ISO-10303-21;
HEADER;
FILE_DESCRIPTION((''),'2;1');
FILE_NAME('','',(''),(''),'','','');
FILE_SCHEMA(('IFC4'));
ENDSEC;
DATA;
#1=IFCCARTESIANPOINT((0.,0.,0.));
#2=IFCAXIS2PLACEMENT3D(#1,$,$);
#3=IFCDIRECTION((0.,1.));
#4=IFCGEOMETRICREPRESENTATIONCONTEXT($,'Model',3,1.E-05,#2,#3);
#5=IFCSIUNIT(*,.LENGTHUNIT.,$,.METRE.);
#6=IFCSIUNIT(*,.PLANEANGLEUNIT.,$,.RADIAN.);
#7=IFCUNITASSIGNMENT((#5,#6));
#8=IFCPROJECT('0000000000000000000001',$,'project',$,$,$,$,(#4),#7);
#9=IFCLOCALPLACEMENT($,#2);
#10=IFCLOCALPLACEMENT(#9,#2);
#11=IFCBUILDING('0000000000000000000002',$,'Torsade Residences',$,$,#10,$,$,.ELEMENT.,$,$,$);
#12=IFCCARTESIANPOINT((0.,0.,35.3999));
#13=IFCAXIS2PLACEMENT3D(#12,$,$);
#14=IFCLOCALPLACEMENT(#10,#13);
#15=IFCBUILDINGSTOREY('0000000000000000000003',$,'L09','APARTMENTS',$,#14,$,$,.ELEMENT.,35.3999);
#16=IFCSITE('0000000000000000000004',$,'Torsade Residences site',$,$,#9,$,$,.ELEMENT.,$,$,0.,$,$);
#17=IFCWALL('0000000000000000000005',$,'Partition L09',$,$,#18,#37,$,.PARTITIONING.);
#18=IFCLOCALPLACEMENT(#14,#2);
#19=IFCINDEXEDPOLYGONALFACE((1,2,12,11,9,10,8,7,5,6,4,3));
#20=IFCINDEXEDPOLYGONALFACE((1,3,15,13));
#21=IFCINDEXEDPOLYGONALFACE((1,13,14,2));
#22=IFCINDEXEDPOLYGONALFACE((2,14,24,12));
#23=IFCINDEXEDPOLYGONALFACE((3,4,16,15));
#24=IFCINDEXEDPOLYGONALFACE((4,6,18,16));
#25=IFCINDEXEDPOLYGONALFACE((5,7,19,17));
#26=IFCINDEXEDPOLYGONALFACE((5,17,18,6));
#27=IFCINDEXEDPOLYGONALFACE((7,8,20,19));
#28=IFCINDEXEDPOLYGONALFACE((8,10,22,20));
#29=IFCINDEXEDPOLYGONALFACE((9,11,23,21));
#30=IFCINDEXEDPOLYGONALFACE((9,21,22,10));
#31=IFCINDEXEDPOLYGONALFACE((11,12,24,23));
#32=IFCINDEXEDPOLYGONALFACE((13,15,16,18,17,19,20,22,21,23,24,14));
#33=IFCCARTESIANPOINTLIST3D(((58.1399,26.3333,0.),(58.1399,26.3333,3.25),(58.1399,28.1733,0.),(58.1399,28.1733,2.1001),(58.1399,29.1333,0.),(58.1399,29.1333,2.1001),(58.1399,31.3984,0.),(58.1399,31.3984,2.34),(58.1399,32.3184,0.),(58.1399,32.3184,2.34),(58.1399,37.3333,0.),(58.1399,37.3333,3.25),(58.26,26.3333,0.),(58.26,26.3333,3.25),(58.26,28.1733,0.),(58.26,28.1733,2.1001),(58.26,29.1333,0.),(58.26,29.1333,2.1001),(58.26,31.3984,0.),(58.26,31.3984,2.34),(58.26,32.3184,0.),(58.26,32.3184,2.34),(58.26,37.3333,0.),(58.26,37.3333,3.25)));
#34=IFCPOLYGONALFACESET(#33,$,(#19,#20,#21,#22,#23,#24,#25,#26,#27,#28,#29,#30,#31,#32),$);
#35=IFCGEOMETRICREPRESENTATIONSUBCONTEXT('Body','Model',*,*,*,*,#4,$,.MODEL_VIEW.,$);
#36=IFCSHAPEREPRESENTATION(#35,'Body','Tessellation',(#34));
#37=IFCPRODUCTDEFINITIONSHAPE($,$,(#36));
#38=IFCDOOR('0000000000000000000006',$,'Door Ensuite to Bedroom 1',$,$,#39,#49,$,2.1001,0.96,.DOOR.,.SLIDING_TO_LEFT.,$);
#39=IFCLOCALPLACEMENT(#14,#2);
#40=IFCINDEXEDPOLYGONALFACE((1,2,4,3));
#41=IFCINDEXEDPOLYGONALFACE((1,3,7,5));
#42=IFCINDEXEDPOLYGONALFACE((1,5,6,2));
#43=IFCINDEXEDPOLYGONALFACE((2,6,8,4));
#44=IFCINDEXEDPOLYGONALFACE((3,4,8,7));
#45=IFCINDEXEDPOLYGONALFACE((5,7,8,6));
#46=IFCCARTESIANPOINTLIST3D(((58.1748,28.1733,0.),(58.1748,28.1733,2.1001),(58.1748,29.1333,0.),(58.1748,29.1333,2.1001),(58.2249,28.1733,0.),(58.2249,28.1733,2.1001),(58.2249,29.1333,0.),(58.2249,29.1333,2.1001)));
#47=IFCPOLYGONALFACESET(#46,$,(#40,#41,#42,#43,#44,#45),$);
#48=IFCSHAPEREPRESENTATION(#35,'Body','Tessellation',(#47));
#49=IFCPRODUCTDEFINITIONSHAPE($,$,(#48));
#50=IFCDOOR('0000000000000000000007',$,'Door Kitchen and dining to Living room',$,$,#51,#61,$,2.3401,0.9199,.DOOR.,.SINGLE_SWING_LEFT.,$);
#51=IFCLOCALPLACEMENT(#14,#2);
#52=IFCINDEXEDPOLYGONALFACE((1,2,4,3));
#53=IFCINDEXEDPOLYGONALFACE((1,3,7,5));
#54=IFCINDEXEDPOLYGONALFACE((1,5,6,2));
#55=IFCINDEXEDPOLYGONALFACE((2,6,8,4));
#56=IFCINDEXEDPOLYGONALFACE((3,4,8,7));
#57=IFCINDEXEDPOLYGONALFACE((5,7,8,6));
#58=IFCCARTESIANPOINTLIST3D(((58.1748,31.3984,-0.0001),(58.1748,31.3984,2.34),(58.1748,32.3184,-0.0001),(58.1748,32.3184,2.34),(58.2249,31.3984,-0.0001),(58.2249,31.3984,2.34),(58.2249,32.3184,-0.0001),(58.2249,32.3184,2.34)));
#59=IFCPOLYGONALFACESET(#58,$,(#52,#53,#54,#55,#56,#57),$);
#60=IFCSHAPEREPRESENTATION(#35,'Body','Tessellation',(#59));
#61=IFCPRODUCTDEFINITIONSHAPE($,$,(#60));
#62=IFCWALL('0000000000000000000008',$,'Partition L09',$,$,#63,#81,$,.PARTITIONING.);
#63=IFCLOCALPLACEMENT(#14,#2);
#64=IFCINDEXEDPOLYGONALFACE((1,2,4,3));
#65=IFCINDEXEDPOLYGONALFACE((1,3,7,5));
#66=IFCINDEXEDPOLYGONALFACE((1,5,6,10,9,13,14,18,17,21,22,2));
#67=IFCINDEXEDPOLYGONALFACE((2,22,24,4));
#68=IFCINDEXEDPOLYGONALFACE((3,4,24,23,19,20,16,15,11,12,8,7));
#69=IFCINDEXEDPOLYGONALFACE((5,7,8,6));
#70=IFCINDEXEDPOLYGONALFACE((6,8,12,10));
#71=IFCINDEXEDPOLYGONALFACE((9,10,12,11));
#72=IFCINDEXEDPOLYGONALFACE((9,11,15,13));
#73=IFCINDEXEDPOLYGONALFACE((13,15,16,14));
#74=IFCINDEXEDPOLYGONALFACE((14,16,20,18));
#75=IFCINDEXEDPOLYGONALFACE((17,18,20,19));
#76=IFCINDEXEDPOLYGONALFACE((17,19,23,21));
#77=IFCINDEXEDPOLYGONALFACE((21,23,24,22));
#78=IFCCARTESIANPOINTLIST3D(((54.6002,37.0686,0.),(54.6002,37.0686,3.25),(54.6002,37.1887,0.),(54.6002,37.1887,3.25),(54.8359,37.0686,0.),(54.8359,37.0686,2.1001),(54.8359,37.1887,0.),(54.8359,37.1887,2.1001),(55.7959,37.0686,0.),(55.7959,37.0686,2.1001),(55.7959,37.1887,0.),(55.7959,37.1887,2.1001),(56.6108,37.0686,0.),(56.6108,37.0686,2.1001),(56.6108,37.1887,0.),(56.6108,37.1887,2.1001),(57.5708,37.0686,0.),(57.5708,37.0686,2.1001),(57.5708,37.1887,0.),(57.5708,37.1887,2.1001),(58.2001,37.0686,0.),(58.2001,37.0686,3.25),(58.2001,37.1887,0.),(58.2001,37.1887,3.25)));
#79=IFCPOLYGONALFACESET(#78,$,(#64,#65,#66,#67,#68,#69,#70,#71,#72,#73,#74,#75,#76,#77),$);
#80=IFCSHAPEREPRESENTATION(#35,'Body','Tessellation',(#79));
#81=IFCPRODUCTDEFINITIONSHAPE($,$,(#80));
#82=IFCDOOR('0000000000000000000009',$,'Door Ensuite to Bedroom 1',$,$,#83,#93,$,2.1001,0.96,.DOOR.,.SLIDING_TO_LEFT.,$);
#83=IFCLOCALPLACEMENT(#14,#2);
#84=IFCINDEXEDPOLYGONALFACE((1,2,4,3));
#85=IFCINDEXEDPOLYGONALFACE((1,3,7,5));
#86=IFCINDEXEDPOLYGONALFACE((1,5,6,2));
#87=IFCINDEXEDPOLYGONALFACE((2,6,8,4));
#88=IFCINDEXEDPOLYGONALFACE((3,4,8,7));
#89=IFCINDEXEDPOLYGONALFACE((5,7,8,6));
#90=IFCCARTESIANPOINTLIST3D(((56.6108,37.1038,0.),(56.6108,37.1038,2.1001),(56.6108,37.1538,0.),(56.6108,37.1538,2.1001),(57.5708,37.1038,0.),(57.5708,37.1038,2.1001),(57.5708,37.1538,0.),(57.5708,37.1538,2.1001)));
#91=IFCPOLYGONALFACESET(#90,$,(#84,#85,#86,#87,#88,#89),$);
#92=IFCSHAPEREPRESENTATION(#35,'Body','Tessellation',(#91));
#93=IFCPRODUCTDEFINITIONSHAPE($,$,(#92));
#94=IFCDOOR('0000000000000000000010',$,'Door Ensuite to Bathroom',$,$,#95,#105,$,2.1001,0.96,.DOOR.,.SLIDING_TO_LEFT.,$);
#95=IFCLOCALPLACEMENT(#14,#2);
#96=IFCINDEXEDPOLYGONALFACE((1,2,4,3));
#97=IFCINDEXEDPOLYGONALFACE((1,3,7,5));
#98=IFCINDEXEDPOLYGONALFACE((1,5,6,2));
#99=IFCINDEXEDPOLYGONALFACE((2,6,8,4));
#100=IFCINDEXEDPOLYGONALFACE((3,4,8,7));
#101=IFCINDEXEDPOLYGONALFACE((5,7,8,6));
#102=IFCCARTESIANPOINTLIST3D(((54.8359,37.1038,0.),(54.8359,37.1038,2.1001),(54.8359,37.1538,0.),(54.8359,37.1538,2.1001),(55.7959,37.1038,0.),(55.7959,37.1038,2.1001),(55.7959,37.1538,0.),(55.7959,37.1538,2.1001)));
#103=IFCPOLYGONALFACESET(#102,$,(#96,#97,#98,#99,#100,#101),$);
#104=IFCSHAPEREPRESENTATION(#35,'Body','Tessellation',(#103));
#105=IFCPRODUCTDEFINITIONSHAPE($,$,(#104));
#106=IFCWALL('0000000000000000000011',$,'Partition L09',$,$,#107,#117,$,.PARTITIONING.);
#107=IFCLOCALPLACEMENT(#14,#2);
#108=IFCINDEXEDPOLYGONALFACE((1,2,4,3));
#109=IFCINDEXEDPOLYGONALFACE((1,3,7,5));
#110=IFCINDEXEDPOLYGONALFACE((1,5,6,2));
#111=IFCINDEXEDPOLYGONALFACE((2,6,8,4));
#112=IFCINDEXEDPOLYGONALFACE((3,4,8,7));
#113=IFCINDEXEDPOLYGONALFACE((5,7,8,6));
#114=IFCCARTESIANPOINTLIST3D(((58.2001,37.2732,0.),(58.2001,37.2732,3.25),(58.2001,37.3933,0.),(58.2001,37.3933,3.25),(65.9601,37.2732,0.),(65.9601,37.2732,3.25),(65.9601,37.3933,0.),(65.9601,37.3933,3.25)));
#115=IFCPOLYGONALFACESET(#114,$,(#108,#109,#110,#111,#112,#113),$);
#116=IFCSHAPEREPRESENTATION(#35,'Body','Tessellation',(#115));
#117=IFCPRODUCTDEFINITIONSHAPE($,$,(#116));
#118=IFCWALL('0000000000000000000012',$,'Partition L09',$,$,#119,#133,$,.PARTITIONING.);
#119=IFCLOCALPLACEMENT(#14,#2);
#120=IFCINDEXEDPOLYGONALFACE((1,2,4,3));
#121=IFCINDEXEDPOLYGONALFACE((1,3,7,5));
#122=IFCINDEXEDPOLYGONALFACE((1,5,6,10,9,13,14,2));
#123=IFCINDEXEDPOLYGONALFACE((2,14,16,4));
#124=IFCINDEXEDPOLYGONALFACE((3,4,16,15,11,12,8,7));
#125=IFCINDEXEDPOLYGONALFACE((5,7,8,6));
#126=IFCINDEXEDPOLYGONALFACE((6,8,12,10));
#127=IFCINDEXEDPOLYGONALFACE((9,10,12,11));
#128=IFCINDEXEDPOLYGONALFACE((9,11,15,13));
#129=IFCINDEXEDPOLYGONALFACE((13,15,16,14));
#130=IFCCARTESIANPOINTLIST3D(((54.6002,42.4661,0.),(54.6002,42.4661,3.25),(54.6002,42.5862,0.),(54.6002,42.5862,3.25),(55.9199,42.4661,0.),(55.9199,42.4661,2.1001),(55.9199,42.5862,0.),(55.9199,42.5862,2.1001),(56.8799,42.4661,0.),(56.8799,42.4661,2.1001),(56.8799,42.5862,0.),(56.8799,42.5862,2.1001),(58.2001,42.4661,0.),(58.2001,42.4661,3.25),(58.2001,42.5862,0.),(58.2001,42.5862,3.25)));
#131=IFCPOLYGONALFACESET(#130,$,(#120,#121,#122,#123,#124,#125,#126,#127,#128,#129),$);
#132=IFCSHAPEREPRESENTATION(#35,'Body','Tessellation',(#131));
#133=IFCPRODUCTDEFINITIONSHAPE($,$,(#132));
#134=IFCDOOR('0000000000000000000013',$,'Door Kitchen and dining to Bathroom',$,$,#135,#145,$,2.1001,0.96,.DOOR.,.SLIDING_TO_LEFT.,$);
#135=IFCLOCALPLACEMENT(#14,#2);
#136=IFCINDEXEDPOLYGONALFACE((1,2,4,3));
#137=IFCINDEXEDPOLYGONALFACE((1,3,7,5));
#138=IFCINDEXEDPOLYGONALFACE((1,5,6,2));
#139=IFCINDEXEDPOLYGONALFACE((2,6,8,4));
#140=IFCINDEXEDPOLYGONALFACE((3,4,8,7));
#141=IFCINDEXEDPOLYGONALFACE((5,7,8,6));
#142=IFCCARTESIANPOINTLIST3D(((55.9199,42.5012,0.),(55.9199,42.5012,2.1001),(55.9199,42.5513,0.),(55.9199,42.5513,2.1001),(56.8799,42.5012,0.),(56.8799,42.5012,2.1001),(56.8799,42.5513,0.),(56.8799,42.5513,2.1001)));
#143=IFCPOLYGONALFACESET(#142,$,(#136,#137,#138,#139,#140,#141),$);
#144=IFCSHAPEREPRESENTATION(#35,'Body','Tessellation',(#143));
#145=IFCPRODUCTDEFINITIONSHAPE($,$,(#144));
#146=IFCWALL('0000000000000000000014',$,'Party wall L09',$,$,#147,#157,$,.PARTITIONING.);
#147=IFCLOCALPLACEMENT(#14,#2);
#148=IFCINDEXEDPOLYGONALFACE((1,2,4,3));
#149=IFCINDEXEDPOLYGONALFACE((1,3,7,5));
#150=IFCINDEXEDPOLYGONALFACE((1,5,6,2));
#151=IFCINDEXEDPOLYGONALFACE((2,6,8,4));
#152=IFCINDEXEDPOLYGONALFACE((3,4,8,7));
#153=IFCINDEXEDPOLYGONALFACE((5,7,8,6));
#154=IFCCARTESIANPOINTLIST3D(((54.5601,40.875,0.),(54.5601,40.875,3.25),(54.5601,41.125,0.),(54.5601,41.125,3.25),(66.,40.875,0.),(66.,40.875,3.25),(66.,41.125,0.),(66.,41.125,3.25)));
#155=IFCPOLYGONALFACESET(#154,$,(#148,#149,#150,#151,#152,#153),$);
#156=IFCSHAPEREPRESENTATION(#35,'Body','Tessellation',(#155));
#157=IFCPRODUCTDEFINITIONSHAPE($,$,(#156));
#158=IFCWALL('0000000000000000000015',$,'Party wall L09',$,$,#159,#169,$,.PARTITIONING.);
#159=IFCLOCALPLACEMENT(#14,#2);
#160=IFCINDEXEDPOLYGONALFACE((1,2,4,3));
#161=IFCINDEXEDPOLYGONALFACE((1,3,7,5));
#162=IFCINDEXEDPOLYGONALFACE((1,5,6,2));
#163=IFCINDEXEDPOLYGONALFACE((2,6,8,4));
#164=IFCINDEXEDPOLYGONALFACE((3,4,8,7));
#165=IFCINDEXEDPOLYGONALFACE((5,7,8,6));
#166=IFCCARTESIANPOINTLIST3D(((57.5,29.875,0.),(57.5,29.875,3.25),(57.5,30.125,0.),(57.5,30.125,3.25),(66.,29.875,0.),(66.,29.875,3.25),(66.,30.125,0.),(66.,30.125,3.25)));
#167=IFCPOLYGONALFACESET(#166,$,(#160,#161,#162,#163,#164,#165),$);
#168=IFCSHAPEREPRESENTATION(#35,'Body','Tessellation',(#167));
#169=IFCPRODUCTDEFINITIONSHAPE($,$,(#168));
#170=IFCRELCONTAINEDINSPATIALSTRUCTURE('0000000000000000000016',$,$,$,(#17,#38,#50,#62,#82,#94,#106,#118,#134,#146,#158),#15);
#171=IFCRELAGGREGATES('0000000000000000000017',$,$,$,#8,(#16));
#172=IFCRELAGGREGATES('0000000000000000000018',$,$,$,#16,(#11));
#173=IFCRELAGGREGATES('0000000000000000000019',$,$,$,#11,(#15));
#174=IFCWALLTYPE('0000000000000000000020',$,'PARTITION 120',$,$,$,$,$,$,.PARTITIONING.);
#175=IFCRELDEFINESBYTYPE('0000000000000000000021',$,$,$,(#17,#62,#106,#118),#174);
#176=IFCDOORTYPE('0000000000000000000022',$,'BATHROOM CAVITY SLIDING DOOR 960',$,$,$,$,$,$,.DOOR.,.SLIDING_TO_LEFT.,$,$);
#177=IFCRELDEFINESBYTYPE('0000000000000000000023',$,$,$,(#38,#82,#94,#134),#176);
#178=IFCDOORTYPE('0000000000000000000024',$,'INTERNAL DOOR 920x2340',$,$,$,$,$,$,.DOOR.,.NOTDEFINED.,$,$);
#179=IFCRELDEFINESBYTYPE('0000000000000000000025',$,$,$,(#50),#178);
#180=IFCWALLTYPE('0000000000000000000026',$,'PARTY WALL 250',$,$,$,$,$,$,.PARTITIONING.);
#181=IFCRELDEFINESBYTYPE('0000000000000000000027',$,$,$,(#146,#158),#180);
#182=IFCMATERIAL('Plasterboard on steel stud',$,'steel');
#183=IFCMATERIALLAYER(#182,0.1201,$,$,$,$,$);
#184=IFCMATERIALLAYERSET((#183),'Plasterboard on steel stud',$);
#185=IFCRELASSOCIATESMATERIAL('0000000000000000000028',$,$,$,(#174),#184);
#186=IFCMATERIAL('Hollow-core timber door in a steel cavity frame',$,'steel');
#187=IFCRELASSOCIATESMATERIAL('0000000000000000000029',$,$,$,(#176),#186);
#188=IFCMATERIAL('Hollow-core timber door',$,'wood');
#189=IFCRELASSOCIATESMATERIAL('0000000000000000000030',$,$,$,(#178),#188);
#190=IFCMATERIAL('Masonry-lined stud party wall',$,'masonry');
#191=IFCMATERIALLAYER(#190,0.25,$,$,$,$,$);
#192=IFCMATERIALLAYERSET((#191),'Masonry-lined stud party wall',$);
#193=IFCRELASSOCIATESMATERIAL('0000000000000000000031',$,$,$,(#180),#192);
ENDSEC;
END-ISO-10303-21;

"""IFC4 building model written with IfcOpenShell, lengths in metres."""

from ifc_helpers import new_model, si_unit, direction, frame, frame_2d, origin, place, context, subcontext, project, spatial, rectangle, extrude, material, layer, layer_set, type_object, element, fill, save


model = new_model("IFC4")

# Units and contexts
model_context = context("Model", 3, precision=1e-05, world=origin(), true_north=direction((0.0, 1.0)))
body_context = subcontext(model_context, "Body", "Model", "MODEL_VIEW")
ifc_project = project(units=[si_unit("LENGTHUNIT", "METRE"), si_unit("PLANEANGLEUNIT", "RADIAN")], contexts=[model_context])

# Site, building, storey
site_placement = place(None, origin())
site = spatial("IfcSite", under=ifc_project, at=site_placement, Name="Torsade Residences site", CompositionType="ELEMENT", RefElevation=0.0)
building_placement = place(site_placement, origin())
building = spatial("IfcBuilding", under=site, at=building_placement, Name="Torsade Residences", CompositionType="ELEMENT")
storey_placement = place(building_placement, frame((0.0, 0.0, 35.3999)))
storey = spatial("IfcBuildingStorey", under=building, at=storey_placement, Name="L09", Description="APARTMENTS", CompositionType="ELEMENT", Elevation=35.3999)

# Walls, openings, doors
ifc_material_1 = material(Name="Plasterboard on steel stud", Category="steel")
ifc_layer_1 = layer(ifc_material_1, 0.1201)
ifc_layer_set_1 = layer_set([ifc_layer_1], Name="Plasterboard on steel stud")
wall_type_1 = type_object("IfcWallType", Name="PARTITION 120", PredefinedType="PARTITIONING", material=ifc_layer_set_1)
wall_1_placement = place(storey_placement, frame((58.2, 37.3333, 0.0), z_axis=(0.0, 0.0, 1.0), x_axis=(0.0, -1.0, 0.0)))
wall_1 = element("IfcWall", 1, at=wall_1_placement, inside=storey, type_object=wall_type_1, Name="Partition L09", PredefinedType="PARTITIONING", context=body_context, shape_type="SweptSolid", body=[
    extrude(rectangle(XDim=11.0, YDim=0.1201, at=frame_2d((5.5, 0.0))), origin(), (0.0, 0.0, 1.0), 3.25),
])
opening_1_placement = place(wall_1_placement, frame((5.0149, 0.0, 0.0)))
opening_1 = element("IfcOpeningElement", 2, at=opening_1_placement, cuts=wall_1, PredefinedType="OPENING", context=body_context, shape_type="SweptSolid", body=[
    extrude(rectangle(XDim=0.9199, YDim=2.3401, at=frame_2d((0.46, 1.1699))), frame((0.0, 0.0701, 0.0), z_axis=(0.0, -1.0, 0.0), x_axis=(1.0, 0.0, 0.0)), (0.0, 0.0, 1.0), 0.1401),
])
opening_2_placement = place(wall_1_placement, frame((8.2, 0.0, 0.0)))
opening_2 = element("IfcOpeningElement", 3, at=opening_2_placement, cuts=wall_1, PredefinedType="OPENING", context=body_context, shape_type="SweptSolid", body=[
    extrude(rectangle(XDim=0.96, YDim=2.1001, at=frame_2d((0.48, 1.05))), frame((0.0, 0.0701, 0.0), z_axis=(0.0, -1.0, 0.0), x_axis=(1.0, 0.0, 0.0)), (0.0, 0.0, 1.0), 0.1401),
])
ifc_material_2 = material(Name="Hollow-core timber door in a steel cavity frame", Category="steel")
door_type_1 = type_object("IfcDoorType", Name="BATHROOM CAVITY SLIDING DOOR 960", OperationType="SLIDING_TO_LEFT", PredefinedType="DOOR", material=ifc_material_2)
door_1_placement = place(opening_2_placement, origin())
door_1 = element("IfcDoor", 4, at=door_1_placement, inside=storey, type_object=door_type_1, Name="Door Ensuite to Bedroom 1", OperationType="SLIDING_TO_LEFT", OverallHeight=2.1001, OverallWidth=0.96, PredefinedType="DOOR", context=body_context, shape_type="SweptSolid", body=[
    extrude(rectangle(XDim=0.96, YDim=2.1001, at=frame_2d((0.48, 1.05))), frame((0.0, 0.0249, 0.0), z_axis=(0.0, -1.0, 0.0), x_axis=(1.0, 0.0, 0.0)), (0.0, 0.0, 1.0), 0.05),
])
fill(opening_2, door_1)
ifc_material_3 = material(Name="Hollow-core timber door", Category="wood")
door_type_2 = type_object("IfcDoorType", Name="INTERNAL DOOR 920x2340", OperationType="NOTDEFINED", PredefinedType="DOOR", material=ifc_material_3)
door_2_placement = place(opening_1_placement, origin())
door_2 = element("IfcDoor", 5, at=door_2_placement, inside=storey, type_object=door_type_2, Name="Door Kitchen and dining to Living room", OperationType="SINGLE_SWING_LEFT", OverallHeight=2.3401, OverallWidth=0.9199, PredefinedType="DOOR", context=body_context, shape_type="SweptSolid", body=[
    extrude(rectangle(XDim=0.9199, YDim=2.3401, at=frame_2d((0.46, 1.1699))), frame((0.0, 0.0249, 0.0), z_axis=(0.0, -1.0, 0.0), x_axis=(1.0, 0.0, 0.0)), (0.0, 0.0, 1.0), 0.05),
])
fill(opening_1, door_2)
wall_2_placement = place(storey_placement, frame((58.2, 37.1287, 0.0), z_axis=(0.0, 0.0, 1.0), x_axis=(-1.0, 0.0, 0.0)))
wall_2 = element("IfcWall", 6, at=wall_2_placement, inside=storey, type_object=wall_type_1, Name="Partition L09", PredefinedType="PARTITIONING", context=body_context, shape_type="SweptSolid", body=[
    extrude(rectangle(XDim=3.5999, YDim=0.1201, at=frame_2d((1.7998, 0.0))), origin(), (0.0, 0.0, 1.0), 3.25),
])
opening_3_placement = place(wall_2_placement, frame((0.6292, 0.0, 0.0)))
opening_3 = element("IfcOpeningElement", 7, at=opening_3_placement, cuts=wall_2, PredefinedType="OPENING", context=body_context, shape_type="SweptSolid", body=[
    extrude(rectangle(XDim=0.96, YDim=2.1001, at=frame_2d((0.48, 1.05))), frame((0.0, 0.0701, 0.0), z_axis=(0.0, -1.0, 0.0), x_axis=(1.0, 0.0, 0.0)), (0.0, 0.0, 1.0), 0.1401),
])
opening_4_placement = place(wall_2_placement, frame((2.4041, 0.0, 0.0)))
opening_4 = element("IfcOpeningElement", 8, at=opening_4_placement, cuts=wall_2, PredefinedType="OPENING", context=body_context, shape_type="SweptSolid", body=[
    extrude(rectangle(XDim=0.96, YDim=2.1001, at=frame_2d((0.48, 1.05))), frame((0.0, 0.0701, 0.0), z_axis=(0.0, -1.0, 0.0), x_axis=(1.0, 0.0, 0.0)), (0.0, 0.0, 1.0), 0.1401),
])
door_3_placement = place(opening_3_placement, origin())
door_3 = element("IfcDoor", 9, at=door_3_placement, inside=storey, type_object=door_type_1, Name="Door Ensuite to Bedroom 1", OperationType="SLIDING_TO_LEFT", OverallHeight=2.1001, OverallWidth=0.96, PredefinedType="DOOR", context=body_context, shape_type="SweptSolid", body=[
    extrude(rectangle(XDim=0.96, YDim=2.1001, at=frame_2d((0.48, 1.05))), frame((0.0, 0.0249, 0.0), z_axis=(0.0, -1.0, 0.0), x_axis=(1.0, 0.0, 0.0)), (0.0, 0.0, 1.0), 0.05),
])
fill(opening_3, door_3)
door_4_placement = place(opening_4_placement, origin())
door_4 = element("IfcDoor", 10, at=door_4_placement, inside=storey, type_object=door_type_1, Name="Door Ensuite to Bathroom", OperationType="SLIDING_TO_LEFT", OverallHeight=2.1001, OverallWidth=0.96, PredefinedType="DOOR", context=body_context, shape_type="SweptSolid", body=[
    extrude(rectangle(XDim=0.96, YDim=2.1001, at=frame_2d((0.48, 1.05))), frame((0.0, 0.0249, 0.0), z_axis=(0.0, -1.0, 0.0), x_axis=(1.0, 0.0, 0.0)), (0.0, 0.0, 1.0), 0.05),
])
fill(opening_4, door_4)

# Wall
wall_3_placement = place(storey_placement, frame((65.96, 37.3333, 0.0), z_axis=(0.0, 0.0, 1.0), x_axis=(-1.0, 0.0, 0.0)))
element("IfcWall", 11, at=wall_3_placement, inside=storey, type_object=wall_type_1, Name="Partition L09", PredefinedType="PARTITIONING", context=body_context, shape_type="SweptSolid", body=[
    extrude(rectangle(XDim=7.76, YDim=0.1201, at=frame_2d((3.8799, 0.0))), origin(), (0.0, 0.0, 1.0), 3.25),
])

# Wall, opening, door
wall_4_placement = place(storey_placement, frame((58.2, 42.5261, 0.0), z_axis=(0.0, 0.0, 1.0), x_axis=(-1.0, 0.0, 0.0)))
wall_4 = element("IfcWall", 12, at=wall_4_placement, inside=storey, type_object=wall_type_1, Name="Partition L09", PredefinedType="PARTITIONING", context=body_context, shape_type="SweptSolid", body=[
    extrude(rectangle(XDim=3.5999, YDim=0.1201, at=frame_2d((1.7998, 0.0))), origin(), (0.0, 0.0, 1.0), 3.25),
])
opening_5_placement = place(wall_4_placement, frame((1.3201, 0.0, 0.0)))
opening_5 = element("IfcOpeningElement", 13, at=opening_5_placement, cuts=wall_4, PredefinedType="OPENING", context=body_context, shape_type="SweptSolid", body=[
    extrude(rectangle(XDim=0.96, YDim=2.1001, at=frame_2d((0.48, 1.05))), frame((0.0, 0.0701, 0.0), z_axis=(0.0, -1.0, 0.0), x_axis=(1.0, 0.0, 0.0)), (0.0, 0.0, 1.0), 0.1401),
])
door_5_placement = place(opening_5_placement, origin())
door_5 = element("IfcDoor", 14, at=door_5_placement, inside=storey, type_object=door_type_1, Name="Door Kitchen and dining to Bathroom", OperationType="SLIDING_TO_LEFT", OverallHeight=2.1001, OverallWidth=0.96, PredefinedType="DOOR", context=body_context, shape_type="SweptSolid", body=[
    extrude(rectangle(XDim=0.96, YDim=2.1001, at=frame_2d((0.48, 1.05))), frame((0.0, 0.0249, 0.0), z_axis=(0.0, -1.0, 0.0), x_axis=(1.0, 0.0, 0.0)), (0.0, 0.0, 1.0), 0.05),
])
fill(opening_5, door_5)

# Walls
ifc_material_4 = material(Name="Masonry-lined stud party wall", Category="masonry")
ifc_layer_2 = layer(ifc_material_4, 0.25)
ifc_layer_set_2 = layer_set([ifc_layer_2], Name="Masonry-lined stud party wall")
wall_type_2 = type_object("IfcWallType", Name="PARTY WALL 250", PredefinedType="PARTITIONING", material=ifc_layer_set_2)
wall_5_placement = place(storey_placement, frame((66.0, 41.0, 0.0), z_axis=(0.0, 0.0, 1.0), x_axis=(-1.0, 0.0, 0.0)))
element("IfcWall", 15, at=wall_5_placement, inside=storey, type_object=wall_type_2, Name="Party wall L09", PredefinedType="PARTITIONING", context=body_context, shape_type="SweptSolid", body=[
    extrude(rectangle(XDim=11.4399, YDim=0.25, at=frame_2d((5.72, 0.0))), origin(), (0.0, 0.0, 1.0), 3.25),
])
wall_6_placement = place(storey_placement, frame((66.0, 30.0, 0.0), z_axis=(0.0, 0.0, 1.0), x_axis=(-1.0, 0.0, 0.0)))
element("IfcWall", 16, at=wall_6_placement, inside=storey, type_object=wall_type_2, Name="Party wall L09", PredefinedType="PARTITIONING", context=body_context, shape_type="SweptSolid", body=[
    extrude(rectangle(XDim=8.5, YDim=0.25, at=frame_2d((4.25, 0.0))), origin(), (0.0, 0.0, 1.0), 3.25),
])

save(model, "model.ifc")
